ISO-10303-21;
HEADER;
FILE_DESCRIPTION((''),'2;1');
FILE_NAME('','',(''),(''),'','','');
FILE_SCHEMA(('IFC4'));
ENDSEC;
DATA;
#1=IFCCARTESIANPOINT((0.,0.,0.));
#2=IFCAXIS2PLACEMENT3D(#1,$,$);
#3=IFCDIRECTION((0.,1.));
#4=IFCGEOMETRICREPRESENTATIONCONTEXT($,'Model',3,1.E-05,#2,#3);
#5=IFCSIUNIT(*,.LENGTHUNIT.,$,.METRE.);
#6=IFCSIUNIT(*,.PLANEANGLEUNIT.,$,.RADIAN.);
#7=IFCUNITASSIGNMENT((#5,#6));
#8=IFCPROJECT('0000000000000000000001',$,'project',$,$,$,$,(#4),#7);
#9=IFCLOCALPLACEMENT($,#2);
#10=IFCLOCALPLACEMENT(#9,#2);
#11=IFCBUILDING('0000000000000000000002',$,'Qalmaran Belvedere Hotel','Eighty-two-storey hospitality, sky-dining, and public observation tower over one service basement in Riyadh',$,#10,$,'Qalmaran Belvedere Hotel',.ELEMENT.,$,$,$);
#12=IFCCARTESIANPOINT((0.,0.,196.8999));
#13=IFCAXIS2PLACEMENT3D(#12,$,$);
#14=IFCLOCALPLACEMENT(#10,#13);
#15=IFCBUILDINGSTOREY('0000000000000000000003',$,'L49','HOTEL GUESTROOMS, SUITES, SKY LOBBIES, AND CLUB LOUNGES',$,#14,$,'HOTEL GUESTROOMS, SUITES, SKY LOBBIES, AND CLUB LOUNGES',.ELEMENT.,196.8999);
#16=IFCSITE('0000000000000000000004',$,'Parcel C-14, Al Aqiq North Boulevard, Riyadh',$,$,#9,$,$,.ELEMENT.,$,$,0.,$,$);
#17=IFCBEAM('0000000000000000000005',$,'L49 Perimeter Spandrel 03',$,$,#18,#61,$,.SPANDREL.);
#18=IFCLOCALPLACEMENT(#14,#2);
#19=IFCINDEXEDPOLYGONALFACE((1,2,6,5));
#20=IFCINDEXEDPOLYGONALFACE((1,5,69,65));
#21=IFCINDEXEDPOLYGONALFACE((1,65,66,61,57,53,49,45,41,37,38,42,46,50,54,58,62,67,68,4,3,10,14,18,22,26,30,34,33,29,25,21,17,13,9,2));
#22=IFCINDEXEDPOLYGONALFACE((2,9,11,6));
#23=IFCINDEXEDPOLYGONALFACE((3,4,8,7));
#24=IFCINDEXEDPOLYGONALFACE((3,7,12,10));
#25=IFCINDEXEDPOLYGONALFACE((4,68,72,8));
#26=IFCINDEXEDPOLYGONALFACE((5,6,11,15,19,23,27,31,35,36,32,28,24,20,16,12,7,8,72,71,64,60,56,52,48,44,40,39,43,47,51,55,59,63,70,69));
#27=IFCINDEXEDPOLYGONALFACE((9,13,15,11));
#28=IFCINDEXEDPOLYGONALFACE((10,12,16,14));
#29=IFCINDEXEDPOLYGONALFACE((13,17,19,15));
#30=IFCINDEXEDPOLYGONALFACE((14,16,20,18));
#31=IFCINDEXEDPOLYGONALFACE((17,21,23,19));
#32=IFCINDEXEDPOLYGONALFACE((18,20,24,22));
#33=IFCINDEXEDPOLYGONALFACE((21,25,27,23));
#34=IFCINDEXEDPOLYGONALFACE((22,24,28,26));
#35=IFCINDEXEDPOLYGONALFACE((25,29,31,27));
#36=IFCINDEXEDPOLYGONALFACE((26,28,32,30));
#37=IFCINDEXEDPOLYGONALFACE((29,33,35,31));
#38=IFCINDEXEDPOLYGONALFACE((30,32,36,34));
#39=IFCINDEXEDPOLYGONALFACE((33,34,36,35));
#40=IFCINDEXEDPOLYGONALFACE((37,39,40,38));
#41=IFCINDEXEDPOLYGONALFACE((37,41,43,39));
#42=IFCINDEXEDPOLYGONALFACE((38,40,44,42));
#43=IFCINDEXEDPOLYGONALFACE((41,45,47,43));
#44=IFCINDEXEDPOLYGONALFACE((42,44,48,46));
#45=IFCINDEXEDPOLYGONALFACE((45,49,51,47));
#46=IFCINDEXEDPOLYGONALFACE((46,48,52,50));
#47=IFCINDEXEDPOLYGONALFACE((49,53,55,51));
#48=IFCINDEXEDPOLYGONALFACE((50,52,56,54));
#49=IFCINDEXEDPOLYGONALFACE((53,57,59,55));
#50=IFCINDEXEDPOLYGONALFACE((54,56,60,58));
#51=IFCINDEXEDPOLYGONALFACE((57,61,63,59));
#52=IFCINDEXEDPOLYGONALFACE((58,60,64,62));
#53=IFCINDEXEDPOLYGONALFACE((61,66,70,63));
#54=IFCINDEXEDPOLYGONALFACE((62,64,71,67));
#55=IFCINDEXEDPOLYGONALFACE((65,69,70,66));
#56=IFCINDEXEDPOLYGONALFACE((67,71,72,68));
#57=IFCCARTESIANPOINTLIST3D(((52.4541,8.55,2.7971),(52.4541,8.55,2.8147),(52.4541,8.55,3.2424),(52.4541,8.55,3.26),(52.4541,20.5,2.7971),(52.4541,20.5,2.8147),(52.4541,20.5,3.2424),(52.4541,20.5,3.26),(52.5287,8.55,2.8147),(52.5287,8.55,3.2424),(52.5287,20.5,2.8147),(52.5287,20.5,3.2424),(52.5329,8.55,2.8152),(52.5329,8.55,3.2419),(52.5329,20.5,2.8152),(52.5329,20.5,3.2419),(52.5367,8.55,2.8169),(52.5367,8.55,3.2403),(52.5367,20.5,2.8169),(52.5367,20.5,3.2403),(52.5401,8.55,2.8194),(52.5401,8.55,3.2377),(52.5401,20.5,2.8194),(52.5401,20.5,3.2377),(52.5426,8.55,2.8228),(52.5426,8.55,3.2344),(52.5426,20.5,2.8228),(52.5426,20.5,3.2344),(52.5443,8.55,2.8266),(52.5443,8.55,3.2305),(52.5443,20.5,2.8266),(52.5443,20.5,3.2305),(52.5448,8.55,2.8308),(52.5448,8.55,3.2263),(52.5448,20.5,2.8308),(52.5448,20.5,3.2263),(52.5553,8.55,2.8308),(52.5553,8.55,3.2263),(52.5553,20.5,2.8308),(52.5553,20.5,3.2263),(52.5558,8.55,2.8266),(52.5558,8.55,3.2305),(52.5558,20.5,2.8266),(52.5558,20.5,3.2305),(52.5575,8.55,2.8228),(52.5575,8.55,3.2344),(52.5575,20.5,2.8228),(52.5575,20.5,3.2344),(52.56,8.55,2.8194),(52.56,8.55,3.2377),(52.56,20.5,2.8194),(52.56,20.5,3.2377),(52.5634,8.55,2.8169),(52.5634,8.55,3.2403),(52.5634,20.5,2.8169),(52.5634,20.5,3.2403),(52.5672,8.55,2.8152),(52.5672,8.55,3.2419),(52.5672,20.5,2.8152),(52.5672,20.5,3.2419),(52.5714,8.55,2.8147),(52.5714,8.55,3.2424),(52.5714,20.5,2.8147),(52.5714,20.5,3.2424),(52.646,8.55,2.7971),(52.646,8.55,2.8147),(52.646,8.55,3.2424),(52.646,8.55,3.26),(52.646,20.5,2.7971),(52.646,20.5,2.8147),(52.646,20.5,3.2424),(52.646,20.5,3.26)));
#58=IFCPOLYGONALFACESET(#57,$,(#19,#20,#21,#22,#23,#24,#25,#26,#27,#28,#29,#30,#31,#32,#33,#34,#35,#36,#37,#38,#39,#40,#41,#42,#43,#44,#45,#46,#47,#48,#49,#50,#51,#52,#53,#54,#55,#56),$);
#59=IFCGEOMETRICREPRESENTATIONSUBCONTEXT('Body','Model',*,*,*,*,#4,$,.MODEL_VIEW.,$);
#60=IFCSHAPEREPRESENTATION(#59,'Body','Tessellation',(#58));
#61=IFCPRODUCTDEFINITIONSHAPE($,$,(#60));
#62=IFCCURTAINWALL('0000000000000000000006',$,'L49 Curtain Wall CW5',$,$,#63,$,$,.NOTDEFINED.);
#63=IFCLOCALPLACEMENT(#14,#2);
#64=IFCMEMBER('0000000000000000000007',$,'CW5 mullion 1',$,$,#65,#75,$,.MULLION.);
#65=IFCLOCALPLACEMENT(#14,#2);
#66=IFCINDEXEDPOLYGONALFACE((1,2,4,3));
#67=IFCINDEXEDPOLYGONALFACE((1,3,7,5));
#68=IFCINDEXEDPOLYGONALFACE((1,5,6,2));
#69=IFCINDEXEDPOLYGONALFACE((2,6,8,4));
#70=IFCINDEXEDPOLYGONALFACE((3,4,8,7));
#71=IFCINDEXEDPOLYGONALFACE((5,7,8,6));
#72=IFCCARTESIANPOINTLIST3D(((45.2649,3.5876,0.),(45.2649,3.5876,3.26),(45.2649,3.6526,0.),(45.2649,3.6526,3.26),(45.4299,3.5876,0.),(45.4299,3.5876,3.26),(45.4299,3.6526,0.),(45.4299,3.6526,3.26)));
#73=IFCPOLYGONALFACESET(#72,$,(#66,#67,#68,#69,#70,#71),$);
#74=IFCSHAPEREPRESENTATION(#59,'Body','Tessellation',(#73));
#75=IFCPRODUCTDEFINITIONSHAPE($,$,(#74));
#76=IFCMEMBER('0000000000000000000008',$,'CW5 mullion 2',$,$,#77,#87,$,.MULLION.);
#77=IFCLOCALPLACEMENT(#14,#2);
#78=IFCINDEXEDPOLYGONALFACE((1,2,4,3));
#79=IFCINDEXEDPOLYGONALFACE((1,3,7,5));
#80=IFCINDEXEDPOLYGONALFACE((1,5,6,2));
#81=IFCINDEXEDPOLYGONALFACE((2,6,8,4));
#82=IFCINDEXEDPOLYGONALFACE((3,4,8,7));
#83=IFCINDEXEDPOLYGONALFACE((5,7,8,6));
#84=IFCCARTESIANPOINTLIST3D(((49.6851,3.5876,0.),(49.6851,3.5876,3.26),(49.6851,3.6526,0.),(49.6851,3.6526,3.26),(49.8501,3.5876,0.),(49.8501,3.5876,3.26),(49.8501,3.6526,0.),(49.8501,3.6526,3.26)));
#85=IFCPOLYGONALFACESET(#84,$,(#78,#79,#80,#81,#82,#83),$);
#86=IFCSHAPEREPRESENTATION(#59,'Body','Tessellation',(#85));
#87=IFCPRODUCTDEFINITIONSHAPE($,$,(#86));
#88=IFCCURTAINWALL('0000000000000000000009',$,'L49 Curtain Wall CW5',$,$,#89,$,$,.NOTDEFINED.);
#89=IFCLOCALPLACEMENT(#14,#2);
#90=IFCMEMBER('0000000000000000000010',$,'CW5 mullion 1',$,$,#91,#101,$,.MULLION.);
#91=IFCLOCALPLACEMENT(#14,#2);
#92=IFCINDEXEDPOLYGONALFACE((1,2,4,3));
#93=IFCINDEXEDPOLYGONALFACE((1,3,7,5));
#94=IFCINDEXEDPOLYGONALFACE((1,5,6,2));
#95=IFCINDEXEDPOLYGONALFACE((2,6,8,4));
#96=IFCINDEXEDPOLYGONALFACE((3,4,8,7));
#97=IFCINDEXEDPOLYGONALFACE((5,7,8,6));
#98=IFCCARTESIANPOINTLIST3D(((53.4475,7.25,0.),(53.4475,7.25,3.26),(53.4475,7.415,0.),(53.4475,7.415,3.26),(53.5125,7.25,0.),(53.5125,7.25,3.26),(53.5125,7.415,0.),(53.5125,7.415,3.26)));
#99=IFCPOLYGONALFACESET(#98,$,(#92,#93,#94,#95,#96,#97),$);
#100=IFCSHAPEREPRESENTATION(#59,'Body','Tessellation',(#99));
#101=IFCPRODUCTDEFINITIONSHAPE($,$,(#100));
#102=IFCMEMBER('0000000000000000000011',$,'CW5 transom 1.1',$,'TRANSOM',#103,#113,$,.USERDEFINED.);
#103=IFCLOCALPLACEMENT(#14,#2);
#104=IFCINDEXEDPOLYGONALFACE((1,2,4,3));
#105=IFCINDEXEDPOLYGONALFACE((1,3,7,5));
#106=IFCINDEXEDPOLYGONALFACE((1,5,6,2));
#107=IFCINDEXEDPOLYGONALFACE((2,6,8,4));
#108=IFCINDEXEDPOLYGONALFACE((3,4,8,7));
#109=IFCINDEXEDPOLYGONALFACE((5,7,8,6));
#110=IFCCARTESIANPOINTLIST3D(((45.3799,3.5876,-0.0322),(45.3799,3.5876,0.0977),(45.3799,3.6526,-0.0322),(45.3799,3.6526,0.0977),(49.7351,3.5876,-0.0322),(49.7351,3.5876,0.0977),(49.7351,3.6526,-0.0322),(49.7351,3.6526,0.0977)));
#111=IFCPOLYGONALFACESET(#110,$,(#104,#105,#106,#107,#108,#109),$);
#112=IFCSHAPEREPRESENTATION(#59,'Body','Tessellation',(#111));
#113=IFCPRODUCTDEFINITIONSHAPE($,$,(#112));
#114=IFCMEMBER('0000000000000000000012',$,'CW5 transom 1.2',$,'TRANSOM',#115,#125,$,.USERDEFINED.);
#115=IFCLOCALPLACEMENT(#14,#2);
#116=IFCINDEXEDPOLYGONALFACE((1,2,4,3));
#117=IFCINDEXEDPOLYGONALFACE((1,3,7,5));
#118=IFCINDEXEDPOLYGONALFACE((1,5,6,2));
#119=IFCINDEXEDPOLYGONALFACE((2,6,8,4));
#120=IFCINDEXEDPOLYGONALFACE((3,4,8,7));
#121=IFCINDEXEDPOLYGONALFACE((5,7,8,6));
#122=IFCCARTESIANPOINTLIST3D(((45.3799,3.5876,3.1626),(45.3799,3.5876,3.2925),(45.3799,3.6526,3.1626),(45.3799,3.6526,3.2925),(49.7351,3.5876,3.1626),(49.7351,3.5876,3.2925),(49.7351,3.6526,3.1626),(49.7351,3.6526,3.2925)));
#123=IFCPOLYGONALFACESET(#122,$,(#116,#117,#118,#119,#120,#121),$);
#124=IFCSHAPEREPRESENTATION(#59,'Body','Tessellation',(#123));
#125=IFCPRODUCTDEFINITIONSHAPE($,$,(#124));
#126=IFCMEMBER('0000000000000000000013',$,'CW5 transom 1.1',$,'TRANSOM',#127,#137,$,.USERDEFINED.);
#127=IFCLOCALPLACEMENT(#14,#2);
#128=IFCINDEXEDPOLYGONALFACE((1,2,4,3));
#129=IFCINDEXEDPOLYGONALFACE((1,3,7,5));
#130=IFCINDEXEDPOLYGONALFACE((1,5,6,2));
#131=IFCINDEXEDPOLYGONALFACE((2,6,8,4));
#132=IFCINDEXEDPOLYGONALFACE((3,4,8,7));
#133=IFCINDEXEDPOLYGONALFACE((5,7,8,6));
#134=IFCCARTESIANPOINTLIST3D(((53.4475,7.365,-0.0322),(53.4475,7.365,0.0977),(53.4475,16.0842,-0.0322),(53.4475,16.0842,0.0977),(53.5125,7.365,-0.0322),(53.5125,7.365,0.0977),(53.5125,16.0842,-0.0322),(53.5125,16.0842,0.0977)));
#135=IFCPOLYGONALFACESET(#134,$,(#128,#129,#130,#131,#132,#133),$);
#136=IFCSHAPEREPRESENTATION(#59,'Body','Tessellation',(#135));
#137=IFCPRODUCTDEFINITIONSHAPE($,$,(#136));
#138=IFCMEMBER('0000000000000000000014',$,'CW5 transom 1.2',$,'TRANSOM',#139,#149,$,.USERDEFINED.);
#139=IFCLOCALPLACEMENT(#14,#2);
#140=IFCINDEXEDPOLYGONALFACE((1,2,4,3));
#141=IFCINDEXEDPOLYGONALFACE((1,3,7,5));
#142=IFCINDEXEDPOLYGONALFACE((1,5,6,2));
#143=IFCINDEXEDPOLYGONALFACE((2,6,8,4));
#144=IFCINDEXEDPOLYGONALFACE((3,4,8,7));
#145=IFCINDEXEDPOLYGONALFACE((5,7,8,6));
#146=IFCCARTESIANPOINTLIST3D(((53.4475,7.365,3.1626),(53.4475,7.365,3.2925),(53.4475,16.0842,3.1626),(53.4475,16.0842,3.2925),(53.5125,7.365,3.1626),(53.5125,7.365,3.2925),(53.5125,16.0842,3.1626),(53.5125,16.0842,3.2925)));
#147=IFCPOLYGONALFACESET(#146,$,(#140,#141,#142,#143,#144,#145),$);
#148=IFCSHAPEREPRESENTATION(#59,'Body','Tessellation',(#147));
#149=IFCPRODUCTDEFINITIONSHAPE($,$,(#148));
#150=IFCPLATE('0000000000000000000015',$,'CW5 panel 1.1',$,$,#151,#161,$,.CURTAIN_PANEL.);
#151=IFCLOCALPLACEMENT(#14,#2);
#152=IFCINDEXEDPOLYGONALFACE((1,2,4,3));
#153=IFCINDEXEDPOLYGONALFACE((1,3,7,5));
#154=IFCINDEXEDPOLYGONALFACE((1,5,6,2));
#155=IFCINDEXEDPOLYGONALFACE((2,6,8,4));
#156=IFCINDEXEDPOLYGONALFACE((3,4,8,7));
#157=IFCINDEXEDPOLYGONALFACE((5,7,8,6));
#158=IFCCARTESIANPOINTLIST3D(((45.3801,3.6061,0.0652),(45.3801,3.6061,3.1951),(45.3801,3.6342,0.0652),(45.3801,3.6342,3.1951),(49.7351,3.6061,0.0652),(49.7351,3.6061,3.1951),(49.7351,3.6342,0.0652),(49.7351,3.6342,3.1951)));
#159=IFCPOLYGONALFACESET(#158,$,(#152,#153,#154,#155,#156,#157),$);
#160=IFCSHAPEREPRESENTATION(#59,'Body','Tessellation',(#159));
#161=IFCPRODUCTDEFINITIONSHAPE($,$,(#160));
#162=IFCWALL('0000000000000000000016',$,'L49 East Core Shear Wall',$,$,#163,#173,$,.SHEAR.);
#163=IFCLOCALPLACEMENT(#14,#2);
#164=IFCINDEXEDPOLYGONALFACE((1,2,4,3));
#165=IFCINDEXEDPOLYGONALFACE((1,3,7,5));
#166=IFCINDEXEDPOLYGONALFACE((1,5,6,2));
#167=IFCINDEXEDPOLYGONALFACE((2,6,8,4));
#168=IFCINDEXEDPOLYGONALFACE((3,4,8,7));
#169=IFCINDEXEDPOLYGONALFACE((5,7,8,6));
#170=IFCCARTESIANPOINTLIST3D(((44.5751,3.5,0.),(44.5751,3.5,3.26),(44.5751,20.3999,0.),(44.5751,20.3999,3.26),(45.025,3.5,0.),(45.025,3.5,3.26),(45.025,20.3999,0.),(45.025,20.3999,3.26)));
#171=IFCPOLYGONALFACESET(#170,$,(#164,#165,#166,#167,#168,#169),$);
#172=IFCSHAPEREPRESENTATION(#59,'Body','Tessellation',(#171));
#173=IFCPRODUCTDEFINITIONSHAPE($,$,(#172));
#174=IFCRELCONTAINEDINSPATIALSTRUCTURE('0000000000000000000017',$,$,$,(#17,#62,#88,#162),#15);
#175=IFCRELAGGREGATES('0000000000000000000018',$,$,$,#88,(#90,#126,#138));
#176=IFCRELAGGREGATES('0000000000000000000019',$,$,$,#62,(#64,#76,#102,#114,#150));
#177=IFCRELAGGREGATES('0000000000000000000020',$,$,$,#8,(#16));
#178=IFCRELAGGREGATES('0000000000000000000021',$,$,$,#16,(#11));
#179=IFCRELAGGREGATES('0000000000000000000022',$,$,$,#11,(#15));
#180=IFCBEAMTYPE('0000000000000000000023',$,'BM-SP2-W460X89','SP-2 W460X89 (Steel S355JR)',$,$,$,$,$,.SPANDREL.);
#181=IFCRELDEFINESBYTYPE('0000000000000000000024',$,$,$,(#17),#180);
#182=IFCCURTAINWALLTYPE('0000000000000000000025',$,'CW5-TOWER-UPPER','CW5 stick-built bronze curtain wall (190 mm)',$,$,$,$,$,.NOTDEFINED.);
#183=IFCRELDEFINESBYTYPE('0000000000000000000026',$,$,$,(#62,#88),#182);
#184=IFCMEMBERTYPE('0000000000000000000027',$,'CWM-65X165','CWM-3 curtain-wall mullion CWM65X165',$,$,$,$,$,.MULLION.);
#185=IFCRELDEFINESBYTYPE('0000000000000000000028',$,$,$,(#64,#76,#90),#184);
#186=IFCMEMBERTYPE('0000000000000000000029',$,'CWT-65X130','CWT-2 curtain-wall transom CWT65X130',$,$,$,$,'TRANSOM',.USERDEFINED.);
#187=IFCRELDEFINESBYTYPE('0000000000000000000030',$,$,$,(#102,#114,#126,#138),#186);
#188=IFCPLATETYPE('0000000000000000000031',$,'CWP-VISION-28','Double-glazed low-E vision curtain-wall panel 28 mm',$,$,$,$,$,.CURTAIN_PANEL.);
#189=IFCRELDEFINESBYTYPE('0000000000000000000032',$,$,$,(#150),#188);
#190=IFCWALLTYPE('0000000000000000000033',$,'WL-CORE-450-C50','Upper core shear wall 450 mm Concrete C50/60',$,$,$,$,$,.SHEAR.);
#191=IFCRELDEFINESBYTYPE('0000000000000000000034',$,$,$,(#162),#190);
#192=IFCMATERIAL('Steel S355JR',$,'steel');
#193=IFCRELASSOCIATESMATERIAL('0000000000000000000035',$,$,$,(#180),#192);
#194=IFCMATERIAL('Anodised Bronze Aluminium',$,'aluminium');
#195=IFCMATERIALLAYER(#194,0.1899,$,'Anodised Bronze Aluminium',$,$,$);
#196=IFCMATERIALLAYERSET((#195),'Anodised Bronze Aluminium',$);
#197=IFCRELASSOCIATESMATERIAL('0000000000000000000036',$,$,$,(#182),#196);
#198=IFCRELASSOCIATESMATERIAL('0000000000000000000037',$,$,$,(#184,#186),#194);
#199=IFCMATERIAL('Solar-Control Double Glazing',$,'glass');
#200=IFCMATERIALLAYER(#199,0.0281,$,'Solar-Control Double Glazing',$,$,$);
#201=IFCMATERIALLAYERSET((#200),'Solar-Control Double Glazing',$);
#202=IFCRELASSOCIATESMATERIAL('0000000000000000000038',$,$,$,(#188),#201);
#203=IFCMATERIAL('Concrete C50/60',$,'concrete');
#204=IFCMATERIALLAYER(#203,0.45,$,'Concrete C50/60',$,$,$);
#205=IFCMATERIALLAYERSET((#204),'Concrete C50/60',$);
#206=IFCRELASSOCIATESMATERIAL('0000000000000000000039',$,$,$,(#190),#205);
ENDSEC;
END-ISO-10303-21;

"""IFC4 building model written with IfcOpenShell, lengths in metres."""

from ifc_helpers import new_model, si_unit, direction, frame, frame_2d, origin, origin_2d, place, context, subcontext, project, spatial, rectangle, i_section, extrude, material, layer, layer_set, material_profile, profile_set, type_object, element, aggregate, save


model = new_model("IFC4")

# Units and contexts
model_context = context("Model", 3, precision=1e-05, world=origin(), true_north=direction((0.0, 1.0)))
body_context = subcontext(model_context, "Body", "Model", "MODEL_VIEW")
ifc_project = project(units=[si_unit("LENGTHUNIT", "METRE"), si_unit("PLANEANGLEUNIT", "RADIAN")], contexts=[model_context])

# Site, building, storey
site_placement = place(None, origin())
site = spatial("IfcSite", under=ifc_project, at=site_placement, Name="Parcel C-14, Al Aqiq North Boulevard, Riyadh", CompositionType="ELEMENT", RefElevation=0.0)
building_placement = place(site_placement, origin())
building = spatial("IfcBuilding", under=site, at=building_placement, Name="Qalmaran Belvedere Hotel", Description="Eighty-two-storey hospitality, sky-dining, and public observation tower over one service basement in Riyadh", LongName="Qalmaran Belvedere Hotel", CompositionType="ELEMENT")
storey_placement = place(building_placement, frame((0.0, 0.0, 196.8999)))
storey = spatial("IfcBuildingStorey", under=building, at=storey_placement, Name="L49", Description="HOTEL GUESTROOMS, SUITES, SKY LOBBIES, AND CLUB LOUNGES", LongName="HOTEL GUESTROOMS, SUITES, SKY LOBBIES, AND CLUB LOUNGES", CompositionType="ELEMENT", Elevation=196.8999)

# Shared definitions
ifc_material_1 = material(Name="Concrete C50/60", Category="concrete")

# Beam
ifc_material_2 = material(Name="Steel S355JR", Category="steel")
ifc_material_profile_1 = material_profile(ifc_material_2, i_section(OverallWidth=0.1919, OverallDepth=0.4629, WebThickness=0.0105, FlangeThickness=0.0176, FilletRadius=0.0161, at=origin_2d()), Name="W460X89")
ifc_profile_set_1 = profile_set([ifc_material_profile_1], Name="Steel S355JR")
beam_type_1 = type_object("IfcBeamType", Name="BM-SP2-W460X89", Description="SP-2 W460X89 (Steel S355JR)", PredefinedType="SPANDREL", material=ifc_profile_set_1)
beam_1_placement = place(storey_placement, frame((52.55, 8.55, 3.0286), z_axis=(0.0, 1.0, 0.0), x_axis=(-1.0, 0.0, 0.0)))
element("IfcBeam", 1, at=beam_1_placement, inside=storey, type_object=beam_type_1, Name="L49 Perimeter Spandrel 03", PredefinedType="SPANDREL", context=body_context, shape_type="SweptSolid", body=[
    extrude(i_section(OverallWidth=0.1919, OverallDepth=0.4629, WebThickness=0.0105, FlangeThickness=0.0176, FilletRadius=0.0161, at=origin_2d()), origin(), (0.0, 0.0, 1.0), 11.95),
])

# Curtain wall, members
ifc_material_3 = material(Name="Anodised Bronze Aluminium", Category="aluminium")
ifc_layer_1 = layer(ifc_material_3, 0.1899, Name="Anodised Bronze Aluminium")
ifc_layer_set_1 = layer_set([ifc_layer_1], Name="Anodised Bronze Aluminium")
curtain_wall_type = type_object("IfcCurtainWallType", Name="CW5-TOWER-UPPER", Description="CW5 stick-built bronze curtain wall (190 mm)", PredefinedType="NOTDEFINED", material=ifc_layer_set_1)
curtain_wall_1_placement = place(storey_placement, origin())
curtain_wall_1 = element("IfcCurtainWall", 2, at=curtain_wall_1_placement, inside=storey, type_object=curtain_wall_type, Name="L49 Curtain Wall CW5", PredefinedType="NOTDEFINED")
ifc_material_profile_2 = material_profile(ifc_material_3, rectangle(XDim=0.0649, YDim=0.165, at=origin_2d()), Name="CWM65X165")
ifc_profile_set_2 = profile_set([ifc_material_profile_2], Name="Anodised Bronze Aluminium")
member_type_1 = type_object("IfcMemberType", Name="CWM-65X165", Description="CWM-3 curtain-wall mullion CWM65X165", PredefinedType="MULLION", material=ifc_profile_set_2)
member_1_placement = place(storey_placement, frame((45.3474, 3.6201, 0.0), z_axis=(0.0, 0.0, 1.0), x_axis=(0.0, 1.0, 0.0)))
member_1 = element("IfcMember", 3, at=member_1_placement, type_object=member_type_1, Name="CW5 mullion 1", PredefinedType="MULLION", context=body_context, shape_type="SweptSolid", body=[
    extrude(rectangle(XDim=0.0649, YDim=0.165, at=origin_2d()), origin(), (0.0, 0.0, 1.0), 3.26),
])
member_2_placement = place(storey_placement, frame((49.7676, 3.6201, 0.0), z_axis=(0.0, 0.0, 1.0), x_axis=(0.0, 1.0, 0.0)))
member_2 = element("IfcMember", 4, at=member_2_placement, type_object=member_type_1, Name="CW5 mullion 2", PredefinedType="MULLION", context=body_context, shape_type="SweptSolid", body=[
    extrude(rectangle(XDim=0.0649, YDim=0.165, at=origin_2d()), origin(), (0.0, 0.0, 1.0), 3.26),
])

# Curtain wall, member
curtain_wall_2_placement = place(storey_placement, origin())
curtain_wall_2 = element("IfcCurtainWall", 5, at=curtain_wall_2_placement, inside=storey, type_object=curtain_wall_type, Name="L49 Curtain Wall CW5", PredefinedType="NOTDEFINED")
member_3_placement = place(storey_placement, frame((53.48, 7.3325, 0.0), z_axis=(0.0, 0.0, 1.0), x_axis=(-1.0, 0.0, 0.0)))
member_3 = element("IfcMember", 6, at=member_3_placement, type_object=member_type_1, Name="CW5 mullion 1", PredefinedType="MULLION", context=body_context, shape_type="SweptSolid", body=[
    extrude(rectangle(XDim=0.0649, YDim=0.165, at=origin_2d()), origin(), (0.0, 0.0, 1.0), 3.26),
])

# Members
ifc_material_profile_3 = material_profile(ifc_material_3, rectangle(XDim=0.0649, YDim=0.1299, at=origin_2d()), Name="CWT65X130")
ifc_profile_set_3 = profile_set([ifc_material_profile_3], Name="Anodised Bronze Aluminium")
member_type_2 = type_object("IfcMemberType", Name="CWT-65X130", Description="CWT-2 curtain-wall transom CWT65X130", ElementType="TRANSOM", PredefinedType="USERDEFINED", material=ifc_profile_set_3)
member_4_placement = place(storey_placement, frame((45.3799, 3.6201, 0.0327), z_axis=(1.0, 0.0, 0.0), x_axis=(0.0, 1.0, 0.0)))
member_4 = element("IfcMember", 7, at=member_4_placement, type_object=member_type_2, Name="CW5 transom 1.1", ObjectType="TRANSOM", PredefinedType="USERDEFINED", context=body_context, shape_type="SweptSolid", body=[
    extrude(rectangle(XDim=0.0649, YDim=0.1299, at=origin_2d()), origin(), (0.0, 0.0, 1.0), 4.3552),
])
member_5_placement = place(storey_placement, frame((45.3799, 3.6201, 3.2275), z_axis=(1.0, 0.0, 0.0), x_axis=(0.0, 1.0, 0.0)))
member_5 = element("IfcMember", 8, at=member_5_placement, type_object=member_type_2, Name="CW5 transom 1.2", ObjectType="TRANSOM", PredefinedType="USERDEFINED", context=body_context, shape_type="SweptSolid", body=[
    extrude(rectangle(XDim=0.0649, YDim=0.1299, at=origin_2d()), origin(), (0.0, 0.0, 1.0), 4.3552),
])
member_6_placement = place(storey_placement, frame((53.48, 7.365, 0.0327), z_axis=(0.0, 1.0, 0.0), x_axis=(-1.0, 0.0, 0.0)))
member_6 = element("IfcMember", 9, at=member_6_placement, type_object=member_type_2, Name="CW5 transom 1.1", ObjectType="TRANSOM", PredefinedType="USERDEFINED", context=body_context, shape_type="SweptSolid", body=[
    extrude(rectangle(XDim=0.0649, YDim=0.1299, at=origin_2d()), origin(), (0.0, 0.0, 1.0), 8.7192),
])
member_7_placement = place(storey_placement, frame((53.48, 7.365, 3.2275), z_axis=(0.0, 1.0, 0.0), x_axis=(-1.0, 0.0, 0.0)))
member_7 = element("IfcMember", 10, at=member_7_placement, type_object=member_type_2, Name="CW5 transom 1.2", ObjectType="TRANSOM", PredefinedType="USERDEFINED", context=body_context, shape_type="SweptSolid", body=[
    extrude(rectangle(XDim=0.0649, YDim=0.1299, at=origin_2d()), origin(), (0.0, 0.0, 1.0), 8.7192),
])
aggregate(curtain_wall_2, [member_3, member_6, member_7])

# Plate
ifc_material_4 = material(Name="Solar-Control Double Glazing", Category="glass")
ifc_layer_2 = layer(ifc_material_4, 0.0281, Name="Solar-Control Double Glazing")
ifc_layer_set_2 = layer_set([ifc_layer_2], Name="Solar-Control Double Glazing")
plate_type = type_object("IfcPlateType", Name="CWP-VISION-28", Description="Double-glazed low-E vision curtain-wall panel 28 mm", PredefinedType="CURTAIN_PANEL", material=ifc_layer_set_2)
plate_placement = place(storey_placement, frame((47.5576, 3.6201, 0.0652), z_axis=(0.0, 0.0, 1.0), x_axis=(1.0, 0.0, 0.0)))
plate = element("IfcPlate", 11, at=plate_placement, type_object=plate_type, Name="CW5 panel 1.1", PredefinedType="CURTAIN_PANEL", context=body_context, shape_type="SweptSolid", body=[
    extrude(rectangle(XDim=4.355, YDim=0.0281, at=origin_2d()), origin(), (0.0, 0.0, 1.0), 3.1299),
])
aggregate(curtain_wall_1, [member_1, member_2, member_4, member_5, plate])

# Wall
ifc_layer_3 = layer(ifc_material_1, 0.45, Name="Concrete C50/60")
ifc_layer_set_3 = layer_set([ifc_layer_3], Name="Concrete C50/60")
wall_type_1 = type_object("IfcWallType", Name="WL-CORE-450-C50", Description="Upper core shear wall 450 mm Concrete C50/60", PredefinedType="SHEAR", material=ifc_layer_set_3)
wall_1_placement = place(storey_placement, frame((44.8, 3.5, 0.0), z_axis=(0.0, 0.0, 1.0), x_axis=(0.0, 1.0, 0.0)))
element("IfcWall", 12, at=wall_1_placement, inside=storey, type_object=wall_type_1, Name="L49 East Core Shear Wall", PredefinedType="SHEAR", context=body_context, shape_type="SweptSolid", body=[
    extrude(rectangle(XDim=16.8999, YDim=0.45, at=frame_2d((8.45, 0.0))), origin(), (0.0, 0.0, 1.0), 3.26),
])

save(model, "model.ifc")
